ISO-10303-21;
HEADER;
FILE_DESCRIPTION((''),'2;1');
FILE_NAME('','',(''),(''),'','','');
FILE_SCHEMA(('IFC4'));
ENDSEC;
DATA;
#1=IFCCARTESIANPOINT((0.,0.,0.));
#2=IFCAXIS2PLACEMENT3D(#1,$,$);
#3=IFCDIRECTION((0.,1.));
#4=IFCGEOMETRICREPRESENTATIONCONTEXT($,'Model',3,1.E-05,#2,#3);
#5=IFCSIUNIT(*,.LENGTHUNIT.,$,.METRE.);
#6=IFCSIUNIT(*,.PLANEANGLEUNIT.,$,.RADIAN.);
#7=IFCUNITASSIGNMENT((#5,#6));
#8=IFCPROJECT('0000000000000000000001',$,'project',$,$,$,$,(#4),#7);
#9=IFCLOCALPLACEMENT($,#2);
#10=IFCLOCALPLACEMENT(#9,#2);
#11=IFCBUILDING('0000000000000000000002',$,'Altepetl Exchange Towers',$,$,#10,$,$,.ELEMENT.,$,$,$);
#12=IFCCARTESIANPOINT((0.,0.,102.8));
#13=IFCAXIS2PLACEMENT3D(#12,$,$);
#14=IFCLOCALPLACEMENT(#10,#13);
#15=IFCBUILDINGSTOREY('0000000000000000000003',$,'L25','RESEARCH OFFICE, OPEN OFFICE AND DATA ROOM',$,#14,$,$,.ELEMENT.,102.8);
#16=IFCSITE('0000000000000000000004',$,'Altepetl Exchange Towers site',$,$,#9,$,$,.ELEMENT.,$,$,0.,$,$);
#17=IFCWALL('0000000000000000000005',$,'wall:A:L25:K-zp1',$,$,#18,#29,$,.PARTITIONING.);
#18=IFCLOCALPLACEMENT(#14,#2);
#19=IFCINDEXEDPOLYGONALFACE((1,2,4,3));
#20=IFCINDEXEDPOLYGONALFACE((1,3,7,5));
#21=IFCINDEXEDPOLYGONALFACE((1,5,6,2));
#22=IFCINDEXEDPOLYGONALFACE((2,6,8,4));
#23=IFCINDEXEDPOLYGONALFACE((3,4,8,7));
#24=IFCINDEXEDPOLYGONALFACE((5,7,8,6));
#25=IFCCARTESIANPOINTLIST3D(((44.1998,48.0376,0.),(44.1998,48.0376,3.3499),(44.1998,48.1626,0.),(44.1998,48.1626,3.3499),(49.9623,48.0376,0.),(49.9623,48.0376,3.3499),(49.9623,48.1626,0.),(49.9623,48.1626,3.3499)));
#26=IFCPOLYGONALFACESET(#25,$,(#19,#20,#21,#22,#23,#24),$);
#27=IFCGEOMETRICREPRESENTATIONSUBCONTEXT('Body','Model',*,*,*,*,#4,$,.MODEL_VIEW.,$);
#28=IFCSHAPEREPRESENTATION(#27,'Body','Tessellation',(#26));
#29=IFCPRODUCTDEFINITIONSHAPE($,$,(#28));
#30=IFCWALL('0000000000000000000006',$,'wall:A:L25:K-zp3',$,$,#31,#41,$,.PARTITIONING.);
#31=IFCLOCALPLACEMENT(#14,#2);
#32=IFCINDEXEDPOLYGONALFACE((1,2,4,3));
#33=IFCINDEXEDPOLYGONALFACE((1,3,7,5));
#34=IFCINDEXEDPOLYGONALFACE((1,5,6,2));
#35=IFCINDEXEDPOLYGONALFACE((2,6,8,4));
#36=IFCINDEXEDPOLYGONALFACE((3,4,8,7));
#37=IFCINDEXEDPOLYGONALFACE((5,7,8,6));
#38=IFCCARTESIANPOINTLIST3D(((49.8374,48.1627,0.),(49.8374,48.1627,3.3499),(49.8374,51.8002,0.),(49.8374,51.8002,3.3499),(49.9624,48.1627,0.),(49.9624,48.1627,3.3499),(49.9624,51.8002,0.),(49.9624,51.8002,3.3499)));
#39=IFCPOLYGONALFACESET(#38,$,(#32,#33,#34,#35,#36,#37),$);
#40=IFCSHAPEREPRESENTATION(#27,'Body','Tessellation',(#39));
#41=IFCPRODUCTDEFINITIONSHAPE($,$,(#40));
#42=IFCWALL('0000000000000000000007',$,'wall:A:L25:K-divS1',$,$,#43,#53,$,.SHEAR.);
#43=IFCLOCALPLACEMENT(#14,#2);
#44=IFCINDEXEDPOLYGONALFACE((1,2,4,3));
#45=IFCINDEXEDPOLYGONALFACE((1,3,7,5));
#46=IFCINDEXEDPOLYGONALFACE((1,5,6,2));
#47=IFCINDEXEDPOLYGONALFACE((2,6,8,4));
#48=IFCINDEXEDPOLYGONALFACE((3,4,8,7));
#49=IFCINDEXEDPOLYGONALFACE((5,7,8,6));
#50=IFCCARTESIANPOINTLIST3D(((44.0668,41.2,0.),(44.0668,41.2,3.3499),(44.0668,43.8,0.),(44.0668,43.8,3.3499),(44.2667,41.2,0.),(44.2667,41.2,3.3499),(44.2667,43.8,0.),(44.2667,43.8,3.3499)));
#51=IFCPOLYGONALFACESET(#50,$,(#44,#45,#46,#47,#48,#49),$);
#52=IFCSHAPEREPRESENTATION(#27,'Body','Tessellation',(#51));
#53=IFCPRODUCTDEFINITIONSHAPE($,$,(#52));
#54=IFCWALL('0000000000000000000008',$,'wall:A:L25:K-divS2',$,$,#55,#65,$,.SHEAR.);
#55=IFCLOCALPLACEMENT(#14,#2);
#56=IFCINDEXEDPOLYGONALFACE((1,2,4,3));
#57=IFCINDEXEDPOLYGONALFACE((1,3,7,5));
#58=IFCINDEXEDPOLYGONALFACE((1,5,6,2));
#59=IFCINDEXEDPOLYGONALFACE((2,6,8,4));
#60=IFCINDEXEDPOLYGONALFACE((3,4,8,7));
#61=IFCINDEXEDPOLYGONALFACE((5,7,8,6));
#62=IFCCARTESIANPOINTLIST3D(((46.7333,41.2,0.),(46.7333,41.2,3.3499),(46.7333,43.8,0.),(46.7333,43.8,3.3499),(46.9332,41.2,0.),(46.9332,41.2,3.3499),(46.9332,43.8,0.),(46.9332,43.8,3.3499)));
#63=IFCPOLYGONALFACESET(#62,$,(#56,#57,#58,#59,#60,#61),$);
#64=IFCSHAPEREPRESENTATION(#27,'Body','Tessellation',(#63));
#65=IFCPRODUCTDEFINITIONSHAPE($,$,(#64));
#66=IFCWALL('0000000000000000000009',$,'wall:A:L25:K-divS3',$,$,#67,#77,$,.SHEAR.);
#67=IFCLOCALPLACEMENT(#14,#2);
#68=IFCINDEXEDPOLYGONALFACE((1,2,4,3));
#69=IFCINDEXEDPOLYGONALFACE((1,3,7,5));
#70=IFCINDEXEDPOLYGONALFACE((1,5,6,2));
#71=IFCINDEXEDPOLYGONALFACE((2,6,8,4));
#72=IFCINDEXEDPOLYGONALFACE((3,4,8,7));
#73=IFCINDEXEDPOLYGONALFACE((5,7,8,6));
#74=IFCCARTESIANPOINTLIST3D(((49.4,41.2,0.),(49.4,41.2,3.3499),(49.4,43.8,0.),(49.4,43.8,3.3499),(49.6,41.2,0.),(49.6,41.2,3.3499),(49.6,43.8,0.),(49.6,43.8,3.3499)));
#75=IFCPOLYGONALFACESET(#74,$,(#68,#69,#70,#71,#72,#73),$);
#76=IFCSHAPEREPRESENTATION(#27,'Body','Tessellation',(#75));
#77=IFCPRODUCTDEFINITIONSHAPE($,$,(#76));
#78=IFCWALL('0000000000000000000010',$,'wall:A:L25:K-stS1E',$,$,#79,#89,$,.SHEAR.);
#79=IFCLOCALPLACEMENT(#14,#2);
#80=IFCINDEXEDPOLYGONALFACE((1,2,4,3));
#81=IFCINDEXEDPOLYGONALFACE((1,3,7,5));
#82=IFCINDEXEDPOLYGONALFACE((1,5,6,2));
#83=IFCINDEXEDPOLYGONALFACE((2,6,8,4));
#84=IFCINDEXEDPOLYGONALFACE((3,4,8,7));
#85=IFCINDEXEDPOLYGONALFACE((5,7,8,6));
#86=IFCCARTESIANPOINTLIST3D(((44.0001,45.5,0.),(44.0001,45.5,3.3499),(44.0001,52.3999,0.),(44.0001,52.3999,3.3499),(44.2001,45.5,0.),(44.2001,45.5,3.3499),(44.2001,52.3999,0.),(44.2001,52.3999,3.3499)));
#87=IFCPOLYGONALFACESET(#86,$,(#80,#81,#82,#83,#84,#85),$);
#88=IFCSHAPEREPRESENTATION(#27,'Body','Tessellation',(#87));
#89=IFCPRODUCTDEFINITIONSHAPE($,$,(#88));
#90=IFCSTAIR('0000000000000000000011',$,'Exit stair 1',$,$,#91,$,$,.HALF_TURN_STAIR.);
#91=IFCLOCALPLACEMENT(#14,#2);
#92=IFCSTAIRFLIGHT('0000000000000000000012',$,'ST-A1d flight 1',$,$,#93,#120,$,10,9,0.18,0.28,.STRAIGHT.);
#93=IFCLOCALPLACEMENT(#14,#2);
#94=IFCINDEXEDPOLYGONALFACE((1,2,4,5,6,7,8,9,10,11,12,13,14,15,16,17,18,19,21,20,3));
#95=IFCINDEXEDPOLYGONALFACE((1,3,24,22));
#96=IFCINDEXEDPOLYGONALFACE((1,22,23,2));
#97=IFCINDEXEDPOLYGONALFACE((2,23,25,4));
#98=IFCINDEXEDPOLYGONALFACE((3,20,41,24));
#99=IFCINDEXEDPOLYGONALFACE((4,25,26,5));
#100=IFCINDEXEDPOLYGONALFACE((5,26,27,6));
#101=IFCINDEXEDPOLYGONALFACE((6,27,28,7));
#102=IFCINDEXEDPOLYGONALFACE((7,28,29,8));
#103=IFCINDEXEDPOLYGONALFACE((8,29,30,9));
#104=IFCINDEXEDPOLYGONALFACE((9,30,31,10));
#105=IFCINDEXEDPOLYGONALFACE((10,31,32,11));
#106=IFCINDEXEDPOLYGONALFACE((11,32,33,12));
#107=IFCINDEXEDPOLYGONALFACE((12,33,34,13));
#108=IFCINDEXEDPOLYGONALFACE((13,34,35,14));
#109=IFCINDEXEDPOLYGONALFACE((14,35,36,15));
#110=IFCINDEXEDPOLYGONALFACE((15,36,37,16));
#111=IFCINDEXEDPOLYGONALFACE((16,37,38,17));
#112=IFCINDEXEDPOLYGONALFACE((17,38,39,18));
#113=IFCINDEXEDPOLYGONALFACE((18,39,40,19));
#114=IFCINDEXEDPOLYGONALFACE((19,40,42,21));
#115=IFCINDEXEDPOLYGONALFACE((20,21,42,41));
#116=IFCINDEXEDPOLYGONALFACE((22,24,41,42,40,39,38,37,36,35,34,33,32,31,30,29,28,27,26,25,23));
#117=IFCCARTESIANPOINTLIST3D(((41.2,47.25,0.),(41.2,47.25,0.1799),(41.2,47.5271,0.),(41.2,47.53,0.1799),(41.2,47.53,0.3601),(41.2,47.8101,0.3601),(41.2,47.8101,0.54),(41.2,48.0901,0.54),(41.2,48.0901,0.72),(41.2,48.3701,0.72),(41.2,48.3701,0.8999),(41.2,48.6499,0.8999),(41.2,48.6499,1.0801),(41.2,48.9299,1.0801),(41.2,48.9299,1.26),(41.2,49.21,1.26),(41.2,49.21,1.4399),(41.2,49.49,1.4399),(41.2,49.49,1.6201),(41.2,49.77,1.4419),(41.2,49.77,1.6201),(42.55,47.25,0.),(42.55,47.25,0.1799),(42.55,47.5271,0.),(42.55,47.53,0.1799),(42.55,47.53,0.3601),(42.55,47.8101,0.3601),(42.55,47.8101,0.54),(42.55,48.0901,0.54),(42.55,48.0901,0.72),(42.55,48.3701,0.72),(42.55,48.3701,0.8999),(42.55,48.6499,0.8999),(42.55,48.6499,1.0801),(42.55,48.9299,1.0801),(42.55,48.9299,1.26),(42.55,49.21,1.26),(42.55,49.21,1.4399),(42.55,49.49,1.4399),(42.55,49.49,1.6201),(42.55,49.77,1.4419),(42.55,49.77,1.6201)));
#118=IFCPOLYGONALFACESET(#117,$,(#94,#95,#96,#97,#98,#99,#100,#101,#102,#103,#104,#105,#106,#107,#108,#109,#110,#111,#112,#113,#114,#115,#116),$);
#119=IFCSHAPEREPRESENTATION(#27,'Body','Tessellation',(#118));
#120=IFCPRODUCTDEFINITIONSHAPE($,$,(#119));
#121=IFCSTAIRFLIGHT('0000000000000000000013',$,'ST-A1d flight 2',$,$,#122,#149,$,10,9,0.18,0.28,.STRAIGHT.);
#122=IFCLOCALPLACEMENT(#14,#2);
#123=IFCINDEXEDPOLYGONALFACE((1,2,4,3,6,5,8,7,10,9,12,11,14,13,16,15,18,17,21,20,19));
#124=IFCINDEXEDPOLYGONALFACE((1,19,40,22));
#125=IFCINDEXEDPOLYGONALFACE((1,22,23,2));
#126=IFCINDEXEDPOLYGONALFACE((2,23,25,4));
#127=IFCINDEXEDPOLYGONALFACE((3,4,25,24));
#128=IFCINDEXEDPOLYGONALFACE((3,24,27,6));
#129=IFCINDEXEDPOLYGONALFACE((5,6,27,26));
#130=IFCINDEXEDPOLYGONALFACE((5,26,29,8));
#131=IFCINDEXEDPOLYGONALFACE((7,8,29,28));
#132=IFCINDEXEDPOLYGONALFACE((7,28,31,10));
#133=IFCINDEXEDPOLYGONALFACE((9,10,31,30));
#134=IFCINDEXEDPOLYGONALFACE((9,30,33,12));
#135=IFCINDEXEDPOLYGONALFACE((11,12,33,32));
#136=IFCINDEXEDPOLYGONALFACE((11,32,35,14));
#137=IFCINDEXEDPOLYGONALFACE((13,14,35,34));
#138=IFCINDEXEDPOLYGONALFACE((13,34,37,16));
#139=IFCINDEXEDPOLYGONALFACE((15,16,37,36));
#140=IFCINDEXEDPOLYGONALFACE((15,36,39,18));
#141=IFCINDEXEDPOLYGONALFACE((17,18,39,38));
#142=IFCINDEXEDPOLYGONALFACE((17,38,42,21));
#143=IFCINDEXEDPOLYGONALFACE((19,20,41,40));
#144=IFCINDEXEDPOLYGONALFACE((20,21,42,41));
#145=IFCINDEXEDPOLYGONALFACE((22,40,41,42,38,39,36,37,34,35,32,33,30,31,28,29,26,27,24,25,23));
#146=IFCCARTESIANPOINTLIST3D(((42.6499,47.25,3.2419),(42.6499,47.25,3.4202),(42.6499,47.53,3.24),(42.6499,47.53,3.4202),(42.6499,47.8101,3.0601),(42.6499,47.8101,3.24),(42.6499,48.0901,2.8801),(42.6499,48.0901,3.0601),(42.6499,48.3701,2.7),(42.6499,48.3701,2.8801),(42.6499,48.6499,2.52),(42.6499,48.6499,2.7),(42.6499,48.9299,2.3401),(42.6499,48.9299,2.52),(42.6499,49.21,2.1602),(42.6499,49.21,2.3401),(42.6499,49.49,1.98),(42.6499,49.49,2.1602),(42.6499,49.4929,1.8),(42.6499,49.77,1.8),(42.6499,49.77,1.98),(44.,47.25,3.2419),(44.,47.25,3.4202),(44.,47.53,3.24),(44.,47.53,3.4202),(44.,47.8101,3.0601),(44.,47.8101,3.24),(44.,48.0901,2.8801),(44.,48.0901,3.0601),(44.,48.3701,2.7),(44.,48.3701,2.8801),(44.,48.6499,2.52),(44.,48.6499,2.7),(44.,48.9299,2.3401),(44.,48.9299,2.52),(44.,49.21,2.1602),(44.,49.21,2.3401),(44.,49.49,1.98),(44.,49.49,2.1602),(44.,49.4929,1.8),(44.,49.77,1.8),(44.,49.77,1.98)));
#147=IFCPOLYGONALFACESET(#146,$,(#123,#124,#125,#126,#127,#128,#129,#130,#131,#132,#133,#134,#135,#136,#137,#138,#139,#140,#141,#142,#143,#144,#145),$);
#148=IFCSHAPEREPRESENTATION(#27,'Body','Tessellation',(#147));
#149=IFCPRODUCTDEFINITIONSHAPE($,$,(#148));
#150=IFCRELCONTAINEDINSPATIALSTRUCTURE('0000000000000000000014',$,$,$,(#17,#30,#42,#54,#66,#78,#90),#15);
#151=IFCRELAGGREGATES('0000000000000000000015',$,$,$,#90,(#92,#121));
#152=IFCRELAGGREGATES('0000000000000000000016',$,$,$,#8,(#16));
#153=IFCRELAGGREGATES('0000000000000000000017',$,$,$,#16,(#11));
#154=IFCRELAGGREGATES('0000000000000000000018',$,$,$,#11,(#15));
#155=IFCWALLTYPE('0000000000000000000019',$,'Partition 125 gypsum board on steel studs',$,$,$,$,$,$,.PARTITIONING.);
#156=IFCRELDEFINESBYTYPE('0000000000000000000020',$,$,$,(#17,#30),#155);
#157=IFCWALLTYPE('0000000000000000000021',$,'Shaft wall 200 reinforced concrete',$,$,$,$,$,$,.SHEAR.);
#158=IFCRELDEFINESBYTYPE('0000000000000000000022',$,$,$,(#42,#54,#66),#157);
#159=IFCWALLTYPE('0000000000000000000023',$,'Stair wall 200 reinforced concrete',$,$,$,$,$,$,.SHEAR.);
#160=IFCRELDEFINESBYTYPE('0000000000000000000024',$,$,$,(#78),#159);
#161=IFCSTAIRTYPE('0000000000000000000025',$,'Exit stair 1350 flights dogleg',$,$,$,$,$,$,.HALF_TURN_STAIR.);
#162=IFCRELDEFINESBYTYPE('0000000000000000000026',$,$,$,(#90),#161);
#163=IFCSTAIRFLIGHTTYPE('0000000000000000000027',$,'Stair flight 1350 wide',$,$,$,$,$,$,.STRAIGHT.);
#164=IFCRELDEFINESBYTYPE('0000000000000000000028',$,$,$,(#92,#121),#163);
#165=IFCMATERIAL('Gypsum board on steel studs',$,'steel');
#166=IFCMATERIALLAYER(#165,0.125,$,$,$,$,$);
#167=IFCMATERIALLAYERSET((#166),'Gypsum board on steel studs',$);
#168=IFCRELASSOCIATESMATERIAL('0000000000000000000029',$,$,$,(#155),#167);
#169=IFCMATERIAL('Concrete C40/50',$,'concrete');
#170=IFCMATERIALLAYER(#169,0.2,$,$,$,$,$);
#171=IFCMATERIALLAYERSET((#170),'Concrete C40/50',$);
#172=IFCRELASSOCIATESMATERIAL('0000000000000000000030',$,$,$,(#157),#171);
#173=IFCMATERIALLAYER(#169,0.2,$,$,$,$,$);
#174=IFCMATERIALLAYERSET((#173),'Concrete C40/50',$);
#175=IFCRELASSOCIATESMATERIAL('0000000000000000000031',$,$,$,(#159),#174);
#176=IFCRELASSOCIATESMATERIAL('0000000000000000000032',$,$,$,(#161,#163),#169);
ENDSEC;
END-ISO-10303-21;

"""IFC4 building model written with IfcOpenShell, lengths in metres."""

from ifc_helpers import new_model, si_unit, direction, frame, frame_2d, origin, place, context, subcontext, project, spatial, polyline, rectangle, outline, extrude, material, layer, layer_set, type_object, element, aggregate, save


model = new_model("IFC4")

# Units and contexts
model_context = context("Model", 3, precision=1e-05, world=origin(), true_north=direction((0.0, 1.0)))
body_context = subcontext(model_context, "Body", "Model", "MODEL_VIEW")
ifc_project = project(units=[si_unit("LENGTHUNIT", "METRE"), si_unit("PLANEANGLEUNIT", "RADIAN")], contexts=[model_context])

# Site, building, storey
site_placement = place(None, origin())
site = spatial("IfcSite", under=ifc_project, at=site_placement, Name="Altepetl Exchange Towers site", CompositionType="ELEMENT", RefElevation=0.0)
building_placement = place(site_placement, origin())
building = spatial("IfcBuilding", under=site, at=building_placement, Name="Altepetl Exchange Towers", CompositionType="ELEMENT")
storey_placement = place(building_placement, frame((0.0, 0.0, 102.8)))
storey = spatial("IfcBuildingStorey", under=building, at=storey_placement, Name="L25", Description="RESEARCH OFFICE, OPEN OFFICE AND DATA ROOM", CompositionType="ELEMENT", Elevation=102.8)

# Walls
ifc_material_1 = material(Name="Gypsum board on steel studs", Category="steel")
ifc_layer_1 = layer(ifc_material_1, 0.125)
ifc_layer_set_1 = layer_set([ifc_layer_1], Name="Gypsum board on steel studs")
wall_type_1 = type_object("IfcWallType", Name="Partition 125 gypsum board on steel studs", PredefinedType="PARTITIONING", material=ifc_layer_set_1)
wall_1_placement = place(storey_placement, frame((49.9624, 48.1001, 0.0), z_axis=(0.0, 0.0, 1.0), x_axis=(-1.0, 0.0, 0.0)))
element("IfcWall", 1, at=wall_1_placement, inside=storey, type_object=wall_type_1, Name="wall:A:L25:K-zp1", PredefinedType="PARTITIONING", context=body_context, shape_type="SweptSolid", body=[
    extrude(rectangle(XDim=5.7625, YDim=0.125, at=frame_2d((2.8813, 0.0))), origin(), (0.0, 0.0, 1.0), 3.3499),
])
wall_2_placement = place(storey_placement, frame((49.8999, 48.1626, 0.0), z_axis=(0.0, 0.0, 1.0), x_axis=(0.0, 1.0, 0.0)))
element("IfcWall", 2, at=wall_2_placement, inside=storey, type_object=wall_type_1, Name="wall:A:L25:K-zp3", PredefinedType="PARTITIONING", context=body_context, shape_type="SweptSolid", body=[
    extrude(rectangle(XDim=3.6375, YDim=0.125, at=frame_2d((1.8188, 0.0))), origin(), (0.0, 0.0, 1.0), 3.3499),
])
ifc_material_2 = material(Name="Concrete C40/50", Category="concrete")
ifc_layer_2 = layer(ifc_material_2, 0.2)
ifc_layer_set_2 = layer_set([ifc_layer_2], Name="Concrete C40/50")
wall_type_2 = type_object("IfcWallType", Name="Shaft wall 200 reinforced concrete", PredefinedType="SHEAR", material=ifc_layer_set_2)
for number, where, z_axis, x_axis, name in (
    (3, (44.1667, 41.2, 0.0), (0.0, 0.0, 1.0), (0.0, 1.0, 0.0), "wall:A:L25:K-divS1"),
    (4, (46.8333, 41.2, 0.0), (0.0, 0.0, 1.0), (0.0, 1.0, 0.0), "wall:A:L25:K-divS2"),
    (5, (49.5, 41.2, 0.0), (0.0, 0.0, 1.0), (0.0, 1.0, 0.0), "wall:A:L25:K-divS3"),
):
    element("IfcWall", number, at=place(storey_placement, frame(where, z_axis=z_axis, x_axis=x_axis)), inside=storey, type_object=wall_type_2, Name=name, PredefinedType="SHEAR", context=body_context, shape_type="SweptSolid", body=[
        extrude(rectangle(XDim=2.6001, YDim=0.2, at=frame_2d((1.3, 0.0))), origin(), (0.0, 0.0, 1.0), 3.3499),
    ])
ifc_layer_3 = layer(ifc_material_2, 0.2)
ifc_layer_set_3 = layer_set([ifc_layer_3], Name="Concrete C40/50")
wall_type_3 = type_object("IfcWallType", Name="Stair wall 200 reinforced concrete", PredefinedType="SHEAR", material=ifc_layer_set_3)
wall_3_placement = place(storey_placement, frame((44.1001, 45.5, 0.0), z_axis=(0.0, 0.0, 1.0), x_axis=(0.0, 1.0, 0.0)))
element("IfcWall", 6, at=wall_3_placement, inside=storey, type_object=wall_type_3, Name="wall:A:L25:K-stS1E", PredefinedType="SHEAR", context=body_context, shape_type="SweptSolid", body=[
    extrude(rectangle(XDim=6.8999, YDim=0.2, at=frame_2d((3.45, 0.0))), origin(), (0.0, 0.0, 1.0), 3.3499),
])

# Stair, stair flights
stair_type = type_object("IfcStairType", Name="Exit stair 1350 flights dogleg", PredefinedType="HALF_TURN_STAIR", material=ifc_material_2)
stair_placement = place(storey_placement, origin())
stair = element("IfcStair", 7, at=stair_placement, inside=storey, type_object=stair_type, Name="Exit stair 1", PredefinedType="HALF_TURN_STAIR")
stair_flight_type = type_object("IfcStairFlightType", Name="Stair flight 1350 wide", PredefinedType="STRAIGHT", material=ifc_material_2)
stair_flight_1_placement = place(storey_placement, frame((41.875, 47.25, 0.0), z_axis=(0.0, 0.0, 1.0), x_axis=(0.0, 1.0, 0.0)))
stair_flight_1 = element("IfcStairFlight", 8, at=stair_flight_1_placement, type_object=stair_flight_type, Name="ST-A1d flight 1", NumberOfRisers=10, NumberOfTreads=9, PredefinedType="STRAIGHT", RiserHeight=0.18, TreadLength=0.28, context=body_context, shape_type="SweptSolid", body=[
    extrude(outline(polyline([(0.0, 0.0), (0.0, 0.1799), (0.28, 0.1799), (0.28, 0.3601), (0.5601, 0.3601), (0.5601, 0.54), (0.8401, 0.54), (0.8401, 0.72), (1.1201, 0.72), (1.1201, 0.8999), (1.3999, 0.8999), (1.3999, 1.0801), (1.6799, 1.0801), (1.6799, 1.26), (1.96, 1.26), (1.96, 1.4399), (2.24, 1.4399), (2.24, 1.6201), (2.52, 1.6201), (2.52, 1.8), (2.52, 1.4419), (0.2771, 0.0), (0.0, 0.0)])), frame((0.0, 0.675, 0.0), z_axis=(0.0, -1.0, 0.0), x_axis=(1.0, 0.0, 0.0)), (0.0, 0.0, 1.0), 1.3501),
])
stair_flight_2_placement = place(storey_placement, frame((43.325, 49.77, 1.8), z_axis=(0.0, 0.0, 1.0), x_axis=(0.0, -1.0, 0.0)))
stair_flight_2 = element("IfcStairFlight", 9, at=stair_flight_2_placement, type_object=stair_flight_type, Name="ST-A1d flight 2", NumberOfRisers=10, NumberOfTreads=9, PredefinedType="STRAIGHT", RiserHeight=0.18, TreadLength=0.28, context=body_context, shape_type="SweptSolid", body=[
    extrude(outline(polyline([(0.0, 0.0), (0.0, 0.1799), (0.28, 0.1799), (0.28, 0.3601), (0.5601, 0.3601), (0.5601, 0.54), (0.8401, 0.54), (0.8401, 0.72), (1.1201, 0.72), (1.1201, 0.8999), (1.3999, 0.8999), (1.3999, 1.0801), (1.6799, 1.0801), (1.6799, 1.26), (1.96, 1.26), (1.96, 1.4399), (2.24, 1.4399), (2.24, 1.6201), (2.52, 1.6201), (2.52, 1.8), (2.52, 1.4419), (0.2771, 0.0), (0.0, 0.0)])), frame((0.0, 0.675, 0.0), z_axis=(0.0, -1.0, 0.0), x_axis=(1.0, 0.0, 0.0)), (0.0, 0.0, 1.0), 1.3501),
])
aggregate(stair, [stair_flight_1, stair_flight_2])

save(model, "model.ifc")
